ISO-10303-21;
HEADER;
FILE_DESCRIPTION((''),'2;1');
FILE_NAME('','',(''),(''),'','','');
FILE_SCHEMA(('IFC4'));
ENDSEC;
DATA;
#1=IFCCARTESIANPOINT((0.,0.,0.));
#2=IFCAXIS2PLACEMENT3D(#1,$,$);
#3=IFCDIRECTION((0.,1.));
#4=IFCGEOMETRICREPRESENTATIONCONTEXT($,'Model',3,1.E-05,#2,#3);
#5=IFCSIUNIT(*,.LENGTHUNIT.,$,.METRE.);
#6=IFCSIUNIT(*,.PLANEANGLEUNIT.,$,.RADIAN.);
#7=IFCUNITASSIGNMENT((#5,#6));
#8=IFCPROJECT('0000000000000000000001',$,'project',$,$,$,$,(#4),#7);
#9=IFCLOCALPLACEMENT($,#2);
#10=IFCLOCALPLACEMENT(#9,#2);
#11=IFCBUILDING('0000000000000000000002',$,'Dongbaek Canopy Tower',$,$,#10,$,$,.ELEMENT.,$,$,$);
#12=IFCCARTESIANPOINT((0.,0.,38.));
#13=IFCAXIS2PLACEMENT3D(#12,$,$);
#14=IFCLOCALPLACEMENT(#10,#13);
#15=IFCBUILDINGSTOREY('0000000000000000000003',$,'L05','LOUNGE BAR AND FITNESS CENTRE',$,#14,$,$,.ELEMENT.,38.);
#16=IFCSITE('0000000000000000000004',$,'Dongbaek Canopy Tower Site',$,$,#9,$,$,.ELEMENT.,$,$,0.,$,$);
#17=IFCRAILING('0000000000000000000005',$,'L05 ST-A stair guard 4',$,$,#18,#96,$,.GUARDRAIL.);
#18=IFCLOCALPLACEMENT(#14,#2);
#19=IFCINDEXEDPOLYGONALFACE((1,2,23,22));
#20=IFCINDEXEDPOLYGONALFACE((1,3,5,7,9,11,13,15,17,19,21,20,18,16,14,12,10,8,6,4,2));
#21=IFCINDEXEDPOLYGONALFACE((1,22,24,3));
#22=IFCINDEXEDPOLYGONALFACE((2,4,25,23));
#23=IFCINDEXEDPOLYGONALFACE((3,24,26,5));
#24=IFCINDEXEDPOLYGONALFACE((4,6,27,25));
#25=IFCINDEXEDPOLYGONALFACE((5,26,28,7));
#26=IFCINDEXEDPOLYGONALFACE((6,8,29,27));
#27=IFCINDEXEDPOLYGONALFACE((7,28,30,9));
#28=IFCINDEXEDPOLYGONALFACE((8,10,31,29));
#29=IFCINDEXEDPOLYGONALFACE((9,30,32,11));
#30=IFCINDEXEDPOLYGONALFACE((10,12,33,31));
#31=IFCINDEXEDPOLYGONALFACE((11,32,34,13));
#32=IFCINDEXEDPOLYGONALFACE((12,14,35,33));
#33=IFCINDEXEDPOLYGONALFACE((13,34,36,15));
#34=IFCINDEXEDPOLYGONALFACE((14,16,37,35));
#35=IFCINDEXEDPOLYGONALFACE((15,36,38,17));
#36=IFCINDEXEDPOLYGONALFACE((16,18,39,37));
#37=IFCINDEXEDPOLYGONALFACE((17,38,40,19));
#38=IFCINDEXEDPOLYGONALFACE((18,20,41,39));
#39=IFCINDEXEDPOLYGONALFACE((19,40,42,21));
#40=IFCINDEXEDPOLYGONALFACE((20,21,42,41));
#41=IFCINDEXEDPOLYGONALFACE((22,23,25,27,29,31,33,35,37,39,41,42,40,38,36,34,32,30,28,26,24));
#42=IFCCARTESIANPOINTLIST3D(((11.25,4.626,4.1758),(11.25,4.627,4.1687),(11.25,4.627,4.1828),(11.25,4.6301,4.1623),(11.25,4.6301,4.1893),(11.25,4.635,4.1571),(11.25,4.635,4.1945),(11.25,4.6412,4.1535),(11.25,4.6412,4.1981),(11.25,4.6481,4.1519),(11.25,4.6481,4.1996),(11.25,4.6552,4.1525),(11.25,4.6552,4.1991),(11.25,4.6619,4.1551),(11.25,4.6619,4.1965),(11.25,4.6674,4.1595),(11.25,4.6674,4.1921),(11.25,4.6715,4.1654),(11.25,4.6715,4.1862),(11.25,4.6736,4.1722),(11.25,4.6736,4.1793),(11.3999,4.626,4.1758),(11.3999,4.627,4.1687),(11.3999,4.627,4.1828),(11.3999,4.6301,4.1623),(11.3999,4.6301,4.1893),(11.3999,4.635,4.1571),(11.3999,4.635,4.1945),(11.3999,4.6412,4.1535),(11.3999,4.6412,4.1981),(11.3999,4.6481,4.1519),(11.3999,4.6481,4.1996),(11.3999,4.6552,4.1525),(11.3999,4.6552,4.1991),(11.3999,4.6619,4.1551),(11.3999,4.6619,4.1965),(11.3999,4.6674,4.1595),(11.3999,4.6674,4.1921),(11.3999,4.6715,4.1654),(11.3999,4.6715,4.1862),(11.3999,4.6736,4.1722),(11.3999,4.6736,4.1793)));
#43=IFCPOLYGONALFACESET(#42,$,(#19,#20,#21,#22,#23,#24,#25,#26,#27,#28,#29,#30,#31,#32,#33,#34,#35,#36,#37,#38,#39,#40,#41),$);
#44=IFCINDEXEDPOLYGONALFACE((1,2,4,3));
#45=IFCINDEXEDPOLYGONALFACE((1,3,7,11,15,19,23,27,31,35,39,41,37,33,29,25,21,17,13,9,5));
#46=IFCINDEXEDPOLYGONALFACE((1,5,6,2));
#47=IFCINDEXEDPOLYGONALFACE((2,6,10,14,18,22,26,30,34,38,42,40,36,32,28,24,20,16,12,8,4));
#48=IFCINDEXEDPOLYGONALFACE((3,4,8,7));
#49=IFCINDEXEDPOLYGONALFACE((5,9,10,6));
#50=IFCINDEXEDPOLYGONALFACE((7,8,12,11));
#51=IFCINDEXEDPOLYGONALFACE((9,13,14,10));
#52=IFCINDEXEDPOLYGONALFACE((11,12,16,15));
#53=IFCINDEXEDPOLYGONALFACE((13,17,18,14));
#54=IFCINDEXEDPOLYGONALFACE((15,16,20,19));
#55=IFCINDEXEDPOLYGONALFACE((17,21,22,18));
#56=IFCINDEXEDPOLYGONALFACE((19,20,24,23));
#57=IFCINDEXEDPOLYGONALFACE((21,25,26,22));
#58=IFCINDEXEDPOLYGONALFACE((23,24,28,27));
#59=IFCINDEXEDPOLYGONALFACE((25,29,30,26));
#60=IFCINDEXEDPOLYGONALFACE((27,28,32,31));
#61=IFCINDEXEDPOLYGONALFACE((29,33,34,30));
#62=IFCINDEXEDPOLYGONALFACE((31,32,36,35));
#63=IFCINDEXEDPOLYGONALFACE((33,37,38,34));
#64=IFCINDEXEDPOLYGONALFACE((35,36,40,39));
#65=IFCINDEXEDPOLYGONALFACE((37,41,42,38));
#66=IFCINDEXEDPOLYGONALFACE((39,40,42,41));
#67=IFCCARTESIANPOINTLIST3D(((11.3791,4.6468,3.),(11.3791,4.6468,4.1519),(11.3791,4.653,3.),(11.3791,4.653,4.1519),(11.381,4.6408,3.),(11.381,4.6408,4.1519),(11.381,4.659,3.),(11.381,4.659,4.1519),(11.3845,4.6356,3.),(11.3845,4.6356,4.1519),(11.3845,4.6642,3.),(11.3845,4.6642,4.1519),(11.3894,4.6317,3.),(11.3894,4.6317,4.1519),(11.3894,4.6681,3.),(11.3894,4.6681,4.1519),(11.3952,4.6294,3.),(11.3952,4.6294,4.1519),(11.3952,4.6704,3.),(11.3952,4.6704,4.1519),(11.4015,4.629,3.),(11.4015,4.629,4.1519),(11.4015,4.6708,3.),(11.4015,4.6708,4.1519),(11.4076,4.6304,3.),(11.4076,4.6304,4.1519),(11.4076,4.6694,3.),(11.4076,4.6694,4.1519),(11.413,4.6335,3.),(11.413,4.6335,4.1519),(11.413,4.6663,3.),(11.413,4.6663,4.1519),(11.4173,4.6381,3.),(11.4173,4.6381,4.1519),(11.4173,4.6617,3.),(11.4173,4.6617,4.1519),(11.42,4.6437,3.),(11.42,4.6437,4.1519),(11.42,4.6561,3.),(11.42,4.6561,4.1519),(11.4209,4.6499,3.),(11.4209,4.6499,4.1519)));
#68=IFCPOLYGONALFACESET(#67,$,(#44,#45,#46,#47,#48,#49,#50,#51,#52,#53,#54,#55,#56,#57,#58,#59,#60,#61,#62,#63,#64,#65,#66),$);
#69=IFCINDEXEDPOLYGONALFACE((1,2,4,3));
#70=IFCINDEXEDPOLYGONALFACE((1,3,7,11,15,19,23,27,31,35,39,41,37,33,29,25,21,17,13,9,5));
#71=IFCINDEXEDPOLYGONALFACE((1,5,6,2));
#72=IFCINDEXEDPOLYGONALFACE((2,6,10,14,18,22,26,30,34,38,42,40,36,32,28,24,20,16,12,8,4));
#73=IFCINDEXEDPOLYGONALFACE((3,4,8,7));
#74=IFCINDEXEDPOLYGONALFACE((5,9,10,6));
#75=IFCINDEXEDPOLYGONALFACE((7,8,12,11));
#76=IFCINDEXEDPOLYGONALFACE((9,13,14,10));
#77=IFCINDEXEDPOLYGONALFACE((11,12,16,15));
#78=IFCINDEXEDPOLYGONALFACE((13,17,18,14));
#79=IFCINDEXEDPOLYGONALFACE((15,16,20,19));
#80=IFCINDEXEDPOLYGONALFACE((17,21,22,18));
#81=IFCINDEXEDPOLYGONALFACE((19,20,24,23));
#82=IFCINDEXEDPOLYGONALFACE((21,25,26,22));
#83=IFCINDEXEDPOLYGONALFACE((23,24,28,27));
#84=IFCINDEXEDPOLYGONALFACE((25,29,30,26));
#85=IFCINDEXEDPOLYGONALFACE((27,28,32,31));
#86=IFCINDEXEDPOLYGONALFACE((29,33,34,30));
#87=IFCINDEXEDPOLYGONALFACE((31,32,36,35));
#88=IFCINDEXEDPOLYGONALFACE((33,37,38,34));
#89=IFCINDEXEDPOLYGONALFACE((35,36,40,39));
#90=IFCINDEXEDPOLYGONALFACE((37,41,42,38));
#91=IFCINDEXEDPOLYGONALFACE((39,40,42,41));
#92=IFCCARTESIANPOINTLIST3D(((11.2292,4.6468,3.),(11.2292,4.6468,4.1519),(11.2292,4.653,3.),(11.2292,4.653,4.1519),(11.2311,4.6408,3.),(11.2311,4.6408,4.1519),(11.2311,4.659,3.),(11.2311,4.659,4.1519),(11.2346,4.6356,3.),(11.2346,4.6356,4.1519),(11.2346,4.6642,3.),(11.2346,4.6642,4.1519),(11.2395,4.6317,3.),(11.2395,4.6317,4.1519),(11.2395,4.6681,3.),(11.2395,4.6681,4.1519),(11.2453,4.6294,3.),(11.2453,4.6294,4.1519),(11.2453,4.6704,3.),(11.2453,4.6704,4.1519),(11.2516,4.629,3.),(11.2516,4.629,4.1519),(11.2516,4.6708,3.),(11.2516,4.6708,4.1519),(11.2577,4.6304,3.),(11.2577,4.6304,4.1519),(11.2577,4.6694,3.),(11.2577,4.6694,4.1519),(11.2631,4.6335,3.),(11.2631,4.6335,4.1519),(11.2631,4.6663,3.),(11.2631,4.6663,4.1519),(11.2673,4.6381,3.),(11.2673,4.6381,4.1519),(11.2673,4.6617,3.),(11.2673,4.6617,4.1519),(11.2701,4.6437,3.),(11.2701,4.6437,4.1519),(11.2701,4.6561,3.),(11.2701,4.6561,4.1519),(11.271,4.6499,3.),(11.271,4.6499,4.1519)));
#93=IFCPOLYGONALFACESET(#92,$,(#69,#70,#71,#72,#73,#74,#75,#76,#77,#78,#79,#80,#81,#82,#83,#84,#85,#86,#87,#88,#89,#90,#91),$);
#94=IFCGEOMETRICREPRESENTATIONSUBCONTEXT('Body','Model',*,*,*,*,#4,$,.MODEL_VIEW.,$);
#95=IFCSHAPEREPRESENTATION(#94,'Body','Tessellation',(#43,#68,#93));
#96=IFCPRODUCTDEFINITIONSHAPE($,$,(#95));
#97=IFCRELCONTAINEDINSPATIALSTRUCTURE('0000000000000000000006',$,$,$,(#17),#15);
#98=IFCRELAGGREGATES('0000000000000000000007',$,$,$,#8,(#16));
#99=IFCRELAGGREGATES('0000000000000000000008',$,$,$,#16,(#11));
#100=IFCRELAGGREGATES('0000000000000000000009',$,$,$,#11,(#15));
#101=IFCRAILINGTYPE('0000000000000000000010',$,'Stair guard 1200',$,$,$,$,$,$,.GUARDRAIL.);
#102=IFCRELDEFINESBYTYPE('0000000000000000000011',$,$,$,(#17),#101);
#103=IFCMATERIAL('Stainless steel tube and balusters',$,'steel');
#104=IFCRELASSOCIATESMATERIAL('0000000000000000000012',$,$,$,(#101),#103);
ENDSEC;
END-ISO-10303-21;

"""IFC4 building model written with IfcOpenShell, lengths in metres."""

from ifc_helpers import new_model, si_unit, direction, frame, origin, origin_2d, place, context, subcontext, project, spatial, circle, extrude, material, type_object, element, save


model = new_model("IFC4")

# Units and contexts
model_context = context("Model", 3, precision=1e-05, world=origin(), true_north=direction((0.0, 1.0)))
body_context = subcontext(model_context, "Body", "Model", "MODEL_VIEW")
ifc_project = project(units=[si_unit("LENGTHUNIT", "METRE"), si_unit("PLANEANGLEUNIT", "RADIAN")], contexts=[model_context])

# Site, building, storey
site_placement = place(None, origin())
site = spatial("IfcSite", under=ifc_project, at=site_placement, Name="Dongbaek Canopy Tower Site", CompositionType="ELEMENT", RefElevation=0.0)
building_placement = place(site_placement, origin())
building = spatial("IfcBuilding", under=site, at=building_placement, Name="Dongbaek Canopy Tower", CompositionType="ELEMENT")
storey_placement = place(building_placement, frame((0.0, 0.0, 38.0)))
storey = spatial("IfcBuildingStorey", under=building, at=storey_placement, Name="L05", Description="LOUNGE BAR AND FITNESS CENTRE", CompositionType="ELEMENT", Elevation=38.0)

# Railing
ifc_material_1 = material(Name="Stainless steel tube and balusters", Category="steel")
railing_type_1 = type_object("IfcRailingType", Name="Stair guard 1200", PredefinedType="GUARDRAIL", material=ifc_material_1)
railing_1_placement = place(storey_placement, frame((11.3999, 4.6499, 3.0)))
element("IfcRailing", 1, at=railing_1_placement, inside=storey, type_object=railing_type_1, Name="L05 ST-A stair guard 4", PredefinedType="GUARDRAIL", context=body_context, shape_type="SweptSolid", body=[
    extrude(circle(Radius=0.0239, at=origin_2d()), frame((0.0, 0.0, 1.1758), z_axis=(-1.0, 0.0, 0.0), x_axis=(0.0, -1.0, 0.0)), (0.0, 0.0, 1.0), 0.1499),
    extrude(circle(Radius=0.021, at=origin_2d()), origin(), (0.0, 0.0, 1.0), 1.1519),
    extrude(circle(Radius=0.021, at=origin_2d()), frame((-0.1499, 0.0, 0.0)), (0.0, 0.0, 1.0), 1.1519),
])

save(model, "model.ifc")
